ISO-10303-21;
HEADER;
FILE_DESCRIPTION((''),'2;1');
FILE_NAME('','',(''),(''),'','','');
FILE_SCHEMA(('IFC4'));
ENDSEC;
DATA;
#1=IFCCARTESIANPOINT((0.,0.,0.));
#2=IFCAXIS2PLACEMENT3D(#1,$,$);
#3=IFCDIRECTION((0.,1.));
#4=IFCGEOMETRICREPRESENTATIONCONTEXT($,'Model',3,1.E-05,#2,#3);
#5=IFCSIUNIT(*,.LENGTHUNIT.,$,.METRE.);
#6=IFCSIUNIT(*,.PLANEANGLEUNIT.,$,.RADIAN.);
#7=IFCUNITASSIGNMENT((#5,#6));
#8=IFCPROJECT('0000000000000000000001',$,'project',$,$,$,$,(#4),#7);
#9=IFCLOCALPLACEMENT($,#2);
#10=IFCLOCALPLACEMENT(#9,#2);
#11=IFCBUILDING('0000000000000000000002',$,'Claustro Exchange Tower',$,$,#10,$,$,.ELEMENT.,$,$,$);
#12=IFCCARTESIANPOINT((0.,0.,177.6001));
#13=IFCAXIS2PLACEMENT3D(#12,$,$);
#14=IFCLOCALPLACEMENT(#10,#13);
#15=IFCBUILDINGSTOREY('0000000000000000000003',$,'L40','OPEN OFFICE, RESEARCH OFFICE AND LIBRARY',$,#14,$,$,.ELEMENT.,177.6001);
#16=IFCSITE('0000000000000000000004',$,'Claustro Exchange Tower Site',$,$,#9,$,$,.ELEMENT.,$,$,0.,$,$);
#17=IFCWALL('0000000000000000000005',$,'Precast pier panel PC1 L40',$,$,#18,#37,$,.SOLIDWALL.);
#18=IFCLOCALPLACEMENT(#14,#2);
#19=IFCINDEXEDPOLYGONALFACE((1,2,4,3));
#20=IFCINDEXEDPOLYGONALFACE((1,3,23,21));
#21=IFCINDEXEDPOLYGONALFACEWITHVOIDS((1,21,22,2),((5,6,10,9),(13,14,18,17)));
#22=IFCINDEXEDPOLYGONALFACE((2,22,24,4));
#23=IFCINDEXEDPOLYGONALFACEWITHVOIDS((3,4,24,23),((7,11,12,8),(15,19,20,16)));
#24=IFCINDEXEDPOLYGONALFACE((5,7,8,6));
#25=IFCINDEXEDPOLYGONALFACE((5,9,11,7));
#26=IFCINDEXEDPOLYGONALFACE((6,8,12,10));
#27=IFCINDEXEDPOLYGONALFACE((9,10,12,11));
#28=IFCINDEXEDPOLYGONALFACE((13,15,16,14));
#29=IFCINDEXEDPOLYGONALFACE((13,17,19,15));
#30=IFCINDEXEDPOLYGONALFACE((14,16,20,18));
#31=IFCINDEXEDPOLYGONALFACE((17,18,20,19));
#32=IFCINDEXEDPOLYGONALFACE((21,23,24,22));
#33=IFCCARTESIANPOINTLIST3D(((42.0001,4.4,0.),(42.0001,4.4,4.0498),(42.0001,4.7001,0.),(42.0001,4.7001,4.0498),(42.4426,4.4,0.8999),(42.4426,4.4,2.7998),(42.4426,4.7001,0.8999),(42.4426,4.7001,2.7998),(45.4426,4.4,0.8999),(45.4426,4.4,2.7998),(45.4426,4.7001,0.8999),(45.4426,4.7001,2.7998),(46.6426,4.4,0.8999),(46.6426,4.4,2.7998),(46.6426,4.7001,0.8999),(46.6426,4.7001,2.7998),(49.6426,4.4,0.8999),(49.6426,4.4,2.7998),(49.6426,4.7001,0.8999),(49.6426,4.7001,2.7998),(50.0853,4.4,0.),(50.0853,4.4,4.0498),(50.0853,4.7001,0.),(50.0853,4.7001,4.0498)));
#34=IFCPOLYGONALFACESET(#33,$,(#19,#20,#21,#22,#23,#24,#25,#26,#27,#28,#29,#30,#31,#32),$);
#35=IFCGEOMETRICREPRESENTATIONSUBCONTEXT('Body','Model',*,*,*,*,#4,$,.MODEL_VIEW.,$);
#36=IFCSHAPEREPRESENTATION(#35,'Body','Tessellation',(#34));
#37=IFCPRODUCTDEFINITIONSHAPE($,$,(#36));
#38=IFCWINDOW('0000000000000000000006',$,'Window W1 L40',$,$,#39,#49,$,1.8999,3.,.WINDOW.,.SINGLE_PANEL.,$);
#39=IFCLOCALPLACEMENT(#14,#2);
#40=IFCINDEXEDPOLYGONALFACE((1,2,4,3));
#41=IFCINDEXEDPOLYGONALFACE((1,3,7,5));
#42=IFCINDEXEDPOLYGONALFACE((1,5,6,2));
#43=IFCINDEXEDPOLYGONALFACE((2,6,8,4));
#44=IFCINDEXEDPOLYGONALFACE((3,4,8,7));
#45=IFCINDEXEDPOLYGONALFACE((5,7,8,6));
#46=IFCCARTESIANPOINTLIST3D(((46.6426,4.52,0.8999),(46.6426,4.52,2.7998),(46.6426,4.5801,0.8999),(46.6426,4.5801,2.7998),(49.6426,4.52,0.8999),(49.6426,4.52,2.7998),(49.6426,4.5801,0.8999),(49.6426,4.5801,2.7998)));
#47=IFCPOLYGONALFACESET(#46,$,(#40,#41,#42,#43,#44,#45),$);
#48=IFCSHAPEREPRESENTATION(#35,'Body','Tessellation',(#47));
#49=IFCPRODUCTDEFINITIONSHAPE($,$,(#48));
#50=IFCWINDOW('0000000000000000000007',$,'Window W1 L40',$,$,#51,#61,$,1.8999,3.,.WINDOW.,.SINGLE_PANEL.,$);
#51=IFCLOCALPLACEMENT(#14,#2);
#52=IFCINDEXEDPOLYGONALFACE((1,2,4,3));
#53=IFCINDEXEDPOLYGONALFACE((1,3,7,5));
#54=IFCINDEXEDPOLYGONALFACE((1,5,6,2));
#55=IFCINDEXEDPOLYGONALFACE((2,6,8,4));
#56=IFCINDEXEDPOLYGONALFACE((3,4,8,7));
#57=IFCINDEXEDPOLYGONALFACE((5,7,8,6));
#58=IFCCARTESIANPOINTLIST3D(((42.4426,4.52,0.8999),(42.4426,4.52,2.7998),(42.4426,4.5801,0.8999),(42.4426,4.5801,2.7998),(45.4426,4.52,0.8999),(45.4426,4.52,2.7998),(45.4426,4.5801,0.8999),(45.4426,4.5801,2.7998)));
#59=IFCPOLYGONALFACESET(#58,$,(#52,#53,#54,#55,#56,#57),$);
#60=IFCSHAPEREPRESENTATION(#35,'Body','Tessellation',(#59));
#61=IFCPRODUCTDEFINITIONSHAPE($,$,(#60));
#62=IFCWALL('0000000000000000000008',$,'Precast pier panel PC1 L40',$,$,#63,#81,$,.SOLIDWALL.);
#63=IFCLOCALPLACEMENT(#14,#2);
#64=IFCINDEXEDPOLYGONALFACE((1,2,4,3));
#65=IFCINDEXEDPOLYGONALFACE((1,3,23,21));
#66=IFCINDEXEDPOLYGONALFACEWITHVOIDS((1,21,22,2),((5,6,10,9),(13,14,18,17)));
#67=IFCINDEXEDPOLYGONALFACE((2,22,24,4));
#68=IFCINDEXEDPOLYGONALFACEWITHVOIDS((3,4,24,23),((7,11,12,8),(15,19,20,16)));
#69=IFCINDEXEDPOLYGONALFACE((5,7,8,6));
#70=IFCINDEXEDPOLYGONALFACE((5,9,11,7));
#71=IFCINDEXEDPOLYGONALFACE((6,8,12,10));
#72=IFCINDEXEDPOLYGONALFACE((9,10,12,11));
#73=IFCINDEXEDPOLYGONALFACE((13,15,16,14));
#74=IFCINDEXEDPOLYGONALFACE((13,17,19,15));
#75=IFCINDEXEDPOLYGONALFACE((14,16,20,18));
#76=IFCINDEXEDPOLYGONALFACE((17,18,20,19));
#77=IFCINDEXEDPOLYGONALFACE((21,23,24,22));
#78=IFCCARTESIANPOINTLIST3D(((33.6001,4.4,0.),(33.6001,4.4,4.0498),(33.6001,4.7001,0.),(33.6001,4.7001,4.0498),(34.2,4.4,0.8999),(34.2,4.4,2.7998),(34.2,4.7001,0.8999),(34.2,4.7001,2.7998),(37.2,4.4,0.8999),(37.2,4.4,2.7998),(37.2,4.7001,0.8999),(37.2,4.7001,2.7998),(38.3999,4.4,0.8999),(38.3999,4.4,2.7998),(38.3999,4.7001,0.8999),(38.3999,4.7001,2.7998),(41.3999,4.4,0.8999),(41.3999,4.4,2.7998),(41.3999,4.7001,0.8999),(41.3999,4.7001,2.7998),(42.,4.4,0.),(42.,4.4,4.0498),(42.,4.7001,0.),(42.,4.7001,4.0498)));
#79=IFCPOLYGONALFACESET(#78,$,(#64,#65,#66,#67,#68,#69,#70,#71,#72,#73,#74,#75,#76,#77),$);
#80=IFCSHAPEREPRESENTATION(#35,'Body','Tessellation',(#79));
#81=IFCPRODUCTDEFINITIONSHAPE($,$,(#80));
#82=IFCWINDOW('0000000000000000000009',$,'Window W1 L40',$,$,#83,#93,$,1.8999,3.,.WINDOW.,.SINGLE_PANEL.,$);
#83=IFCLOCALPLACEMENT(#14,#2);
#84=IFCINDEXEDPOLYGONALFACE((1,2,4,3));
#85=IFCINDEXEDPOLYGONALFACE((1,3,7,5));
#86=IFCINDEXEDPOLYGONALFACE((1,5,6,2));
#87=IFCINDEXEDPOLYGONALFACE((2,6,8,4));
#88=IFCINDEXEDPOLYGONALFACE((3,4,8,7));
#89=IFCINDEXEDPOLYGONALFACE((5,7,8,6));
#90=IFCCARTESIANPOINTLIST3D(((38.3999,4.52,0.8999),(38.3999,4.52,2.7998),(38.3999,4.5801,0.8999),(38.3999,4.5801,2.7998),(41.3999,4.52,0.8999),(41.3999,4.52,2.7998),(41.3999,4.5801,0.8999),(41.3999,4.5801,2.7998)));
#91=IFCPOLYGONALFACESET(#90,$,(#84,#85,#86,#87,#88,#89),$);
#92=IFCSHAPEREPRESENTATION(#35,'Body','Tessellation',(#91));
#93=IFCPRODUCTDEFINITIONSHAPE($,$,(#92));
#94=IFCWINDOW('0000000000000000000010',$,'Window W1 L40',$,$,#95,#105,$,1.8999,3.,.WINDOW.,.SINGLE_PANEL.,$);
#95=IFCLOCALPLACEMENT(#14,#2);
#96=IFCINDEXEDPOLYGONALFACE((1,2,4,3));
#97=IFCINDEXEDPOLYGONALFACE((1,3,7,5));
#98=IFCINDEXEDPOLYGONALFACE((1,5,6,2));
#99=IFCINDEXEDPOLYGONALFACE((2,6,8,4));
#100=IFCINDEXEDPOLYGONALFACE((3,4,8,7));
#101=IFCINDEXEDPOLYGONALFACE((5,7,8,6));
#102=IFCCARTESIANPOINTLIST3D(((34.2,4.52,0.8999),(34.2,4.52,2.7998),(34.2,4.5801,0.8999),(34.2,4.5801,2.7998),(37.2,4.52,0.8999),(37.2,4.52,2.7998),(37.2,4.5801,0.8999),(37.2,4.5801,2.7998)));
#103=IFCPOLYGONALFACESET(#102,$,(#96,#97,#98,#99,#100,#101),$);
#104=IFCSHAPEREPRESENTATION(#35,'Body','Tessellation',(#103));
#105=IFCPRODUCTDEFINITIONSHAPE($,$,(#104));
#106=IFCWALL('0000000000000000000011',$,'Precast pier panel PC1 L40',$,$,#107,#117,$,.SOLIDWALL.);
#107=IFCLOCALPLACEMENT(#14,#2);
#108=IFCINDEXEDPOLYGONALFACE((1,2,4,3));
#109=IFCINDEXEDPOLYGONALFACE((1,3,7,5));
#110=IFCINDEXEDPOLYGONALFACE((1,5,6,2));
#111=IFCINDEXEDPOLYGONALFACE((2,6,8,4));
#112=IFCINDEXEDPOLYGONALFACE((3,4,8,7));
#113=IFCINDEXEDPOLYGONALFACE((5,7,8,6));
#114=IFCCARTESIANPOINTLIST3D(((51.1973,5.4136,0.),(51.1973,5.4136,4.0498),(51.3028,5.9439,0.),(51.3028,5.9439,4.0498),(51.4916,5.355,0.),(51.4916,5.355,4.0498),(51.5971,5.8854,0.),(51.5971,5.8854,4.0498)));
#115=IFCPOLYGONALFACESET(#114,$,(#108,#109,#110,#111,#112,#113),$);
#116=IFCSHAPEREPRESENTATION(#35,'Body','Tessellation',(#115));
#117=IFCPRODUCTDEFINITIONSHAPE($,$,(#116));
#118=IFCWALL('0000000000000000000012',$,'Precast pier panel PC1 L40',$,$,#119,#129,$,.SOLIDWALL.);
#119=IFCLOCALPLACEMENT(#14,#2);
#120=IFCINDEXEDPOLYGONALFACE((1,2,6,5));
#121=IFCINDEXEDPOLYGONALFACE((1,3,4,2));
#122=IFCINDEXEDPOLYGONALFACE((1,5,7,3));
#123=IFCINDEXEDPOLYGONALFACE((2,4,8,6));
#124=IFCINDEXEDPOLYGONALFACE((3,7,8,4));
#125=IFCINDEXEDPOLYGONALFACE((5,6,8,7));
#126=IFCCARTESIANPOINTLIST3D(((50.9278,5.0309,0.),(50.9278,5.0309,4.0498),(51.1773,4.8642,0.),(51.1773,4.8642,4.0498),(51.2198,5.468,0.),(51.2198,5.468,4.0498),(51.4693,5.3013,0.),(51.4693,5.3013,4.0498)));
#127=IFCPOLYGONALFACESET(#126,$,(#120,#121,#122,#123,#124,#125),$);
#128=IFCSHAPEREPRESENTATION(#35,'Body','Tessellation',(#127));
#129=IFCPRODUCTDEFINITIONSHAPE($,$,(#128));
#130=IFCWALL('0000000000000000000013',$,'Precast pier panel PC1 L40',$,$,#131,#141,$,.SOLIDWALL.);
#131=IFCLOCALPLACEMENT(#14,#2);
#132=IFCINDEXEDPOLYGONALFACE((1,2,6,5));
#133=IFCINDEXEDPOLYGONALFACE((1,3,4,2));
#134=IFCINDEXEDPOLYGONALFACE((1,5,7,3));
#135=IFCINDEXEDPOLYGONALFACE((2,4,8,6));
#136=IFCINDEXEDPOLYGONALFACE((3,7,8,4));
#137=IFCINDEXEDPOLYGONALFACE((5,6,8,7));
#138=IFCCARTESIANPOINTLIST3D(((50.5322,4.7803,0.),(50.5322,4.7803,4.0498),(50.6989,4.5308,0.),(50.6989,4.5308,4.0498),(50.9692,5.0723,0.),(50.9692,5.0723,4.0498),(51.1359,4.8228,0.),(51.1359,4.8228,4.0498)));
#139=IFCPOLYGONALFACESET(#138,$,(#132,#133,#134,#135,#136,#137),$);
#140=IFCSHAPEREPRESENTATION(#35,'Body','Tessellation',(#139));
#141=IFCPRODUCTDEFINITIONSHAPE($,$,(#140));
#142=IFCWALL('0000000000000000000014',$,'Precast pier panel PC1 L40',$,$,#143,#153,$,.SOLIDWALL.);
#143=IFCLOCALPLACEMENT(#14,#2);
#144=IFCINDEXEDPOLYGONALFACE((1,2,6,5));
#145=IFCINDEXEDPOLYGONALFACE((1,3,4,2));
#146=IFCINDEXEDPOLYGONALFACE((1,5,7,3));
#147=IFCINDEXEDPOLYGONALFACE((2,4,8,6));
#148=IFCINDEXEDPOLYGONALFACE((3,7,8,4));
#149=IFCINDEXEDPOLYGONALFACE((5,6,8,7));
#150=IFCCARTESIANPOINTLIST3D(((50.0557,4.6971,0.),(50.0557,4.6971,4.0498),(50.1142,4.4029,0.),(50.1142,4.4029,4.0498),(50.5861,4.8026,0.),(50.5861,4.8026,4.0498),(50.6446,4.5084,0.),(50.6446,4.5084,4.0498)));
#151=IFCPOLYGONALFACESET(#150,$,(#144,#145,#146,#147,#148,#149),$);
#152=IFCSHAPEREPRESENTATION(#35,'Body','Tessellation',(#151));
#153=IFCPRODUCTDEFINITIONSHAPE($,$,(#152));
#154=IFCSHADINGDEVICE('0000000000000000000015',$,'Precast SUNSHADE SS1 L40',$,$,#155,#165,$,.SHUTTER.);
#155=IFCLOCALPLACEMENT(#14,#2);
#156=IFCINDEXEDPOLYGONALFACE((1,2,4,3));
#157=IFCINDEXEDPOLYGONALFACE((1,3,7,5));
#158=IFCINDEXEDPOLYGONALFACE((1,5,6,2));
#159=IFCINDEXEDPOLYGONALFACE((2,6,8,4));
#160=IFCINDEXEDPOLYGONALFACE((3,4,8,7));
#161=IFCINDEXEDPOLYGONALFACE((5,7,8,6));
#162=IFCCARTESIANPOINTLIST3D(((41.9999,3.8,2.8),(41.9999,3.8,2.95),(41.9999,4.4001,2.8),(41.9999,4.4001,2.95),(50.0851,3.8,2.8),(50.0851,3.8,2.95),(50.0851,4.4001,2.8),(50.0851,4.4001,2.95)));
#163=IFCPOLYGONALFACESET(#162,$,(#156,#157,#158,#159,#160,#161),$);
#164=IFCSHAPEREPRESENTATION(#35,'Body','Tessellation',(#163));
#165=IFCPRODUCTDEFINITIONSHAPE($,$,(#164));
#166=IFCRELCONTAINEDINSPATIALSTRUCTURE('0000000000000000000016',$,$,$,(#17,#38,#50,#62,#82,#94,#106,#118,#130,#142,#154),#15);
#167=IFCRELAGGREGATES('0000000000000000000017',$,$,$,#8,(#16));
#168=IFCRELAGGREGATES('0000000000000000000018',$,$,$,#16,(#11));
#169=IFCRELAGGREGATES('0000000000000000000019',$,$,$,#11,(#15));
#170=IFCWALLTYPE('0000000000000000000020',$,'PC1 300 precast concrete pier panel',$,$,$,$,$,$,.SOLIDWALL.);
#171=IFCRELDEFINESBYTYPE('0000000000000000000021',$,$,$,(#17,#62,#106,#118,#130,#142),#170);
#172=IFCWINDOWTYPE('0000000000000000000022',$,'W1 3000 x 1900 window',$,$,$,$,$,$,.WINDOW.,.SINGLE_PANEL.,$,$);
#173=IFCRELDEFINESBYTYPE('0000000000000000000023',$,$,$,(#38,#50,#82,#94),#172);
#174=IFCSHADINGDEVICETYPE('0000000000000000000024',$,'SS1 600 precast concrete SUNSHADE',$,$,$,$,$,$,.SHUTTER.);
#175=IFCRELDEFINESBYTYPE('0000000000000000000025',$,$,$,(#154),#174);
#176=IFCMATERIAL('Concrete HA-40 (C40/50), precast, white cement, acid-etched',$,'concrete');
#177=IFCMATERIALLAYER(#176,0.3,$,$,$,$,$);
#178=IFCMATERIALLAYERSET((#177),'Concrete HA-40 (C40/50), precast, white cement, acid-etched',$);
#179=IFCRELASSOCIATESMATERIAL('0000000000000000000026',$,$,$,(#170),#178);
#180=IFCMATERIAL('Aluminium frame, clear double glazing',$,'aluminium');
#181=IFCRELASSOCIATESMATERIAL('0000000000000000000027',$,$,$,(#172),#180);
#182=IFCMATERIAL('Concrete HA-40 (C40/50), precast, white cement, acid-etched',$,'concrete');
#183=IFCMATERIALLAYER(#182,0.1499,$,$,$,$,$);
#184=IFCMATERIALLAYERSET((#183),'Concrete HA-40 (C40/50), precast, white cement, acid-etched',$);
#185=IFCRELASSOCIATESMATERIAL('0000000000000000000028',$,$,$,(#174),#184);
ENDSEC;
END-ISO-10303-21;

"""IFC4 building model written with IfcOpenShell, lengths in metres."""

from ifc_helpers import new_model, si_unit, direction, frame, frame_2d, origin, origin_2d, place, context, subcontext, project, spatial, rectangle, extrude, material, layer, layer_set, type_object, element, fill, save


model = new_model("IFC4")

# Units and contexts
model_context = context("Model", 3, precision=1e-05, world=origin(), true_north=direction((0.0, 1.0)))
body_context = subcontext(model_context, "Body", "Model", "MODEL_VIEW")
ifc_project = project(units=[si_unit("LENGTHUNIT", "METRE"), si_unit("PLANEANGLEUNIT", "RADIAN")], contexts=[model_context])

# Site, building, storey
site_placement = place(None, origin())
site = spatial("IfcSite", under=ifc_project, at=site_placement, Name="Claustro Exchange Tower Site", CompositionType="ELEMENT", RefElevation=0.0)
building_placement = place(site_placement, origin())
building = spatial("IfcBuilding", under=site, at=building_placement, Name="Claustro Exchange Tower", CompositionType="ELEMENT")
storey_placement = place(building_placement, frame((0.0, 0.0, 177.6001)))
storey = spatial("IfcBuildingStorey", under=building, at=storey_placement, Name="L40", Description="OPEN OFFICE, RESEARCH OFFICE AND LIBRARY", CompositionType="ELEMENT", Elevation=177.6001)

# Walls, openings, windows
ifc_material_1 = material(Name="Concrete HA-40 (C40/50), precast, white cement, acid-etched", Category="concrete")
ifc_layer_1 = layer(ifc_material_1, 0.3)
ifc_layer_set_1 = layer_set([ifc_layer_1], Name="Concrete HA-40 (C40/50), precast, white cement, acid-etched")
wall_type_1 = type_object("IfcWallType", Name="PC1 300 precast concrete pier panel", PredefinedType="SOLIDWALL", material=ifc_layer_set_1)
wall_1_placement = place(storey_placement, frame((50.0852, 4.55, 0.0), z_axis=(0.0, 0.0, 1.0), x_axis=(-1.0, 0.0, 0.0)))
wall_1 = element("IfcWall", 1, at=wall_1_placement, inside=storey, type_object=wall_type_1, Name="Precast pier panel PC1 L40", PredefinedType="SOLIDWALL", context=body_context, shape_type="SweptSolid", body=[
    extrude(rectangle(XDim=8.0852, YDim=0.3, at=frame_2d((4.0425, 0.0))), origin(), (0.0, 0.0, 1.0), 4.0498),
])
opening_1_placement = place(wall_1_placement, frame((0.4426, 0.0, 0.8999)))
opening_1 = element("IfcOpeningElement", 2, at=opening_1_placement, cuts=wall_1, PredefinedType="OPENING", context=body_context, shape_type="SweptSolid", body=[
    extrude(rectangle(XDim=3.0, YDim=1.8999, at=frame_2d((1.5, 0.95))), frame((0.0, 0.1599, 0.0), z_axis=(0.0, -1.0, 0.0), x_axis=(1.0, 0.0, 0.0)), (0.0, 0.0, 1.0), 0.3201),
])
opening_2_placement = place(wall_1_placement, frame((4.6426, 0.0, 0.8999)))
opening_2 = element("IfcOpeningElement", 3, at=opening_2_placement, cuts=wall_1, PredefinedType="OPENING", context=body_context, shape_type="SweptSolid", body=[
    extrude(rectangle(XDim=3.0, YDim=1.8999, at=frame_2d((1.5, 0.95))), frame((0.0, 0.1599, 0.0), z_axis=(0.0, -1.0, 0.0), x_axis=(1.0, 0.0, 0.0)), (0.0, 0.0, 1.0), 0.3201),
])
ifc_material_2 = material(Name="Aluminium frame, clear double glazing", Category="aluminium")
window_type = type_object("IfcWindowType", Name="W1 3000 x 1900 window", PartitioningType="SINGLE_PANEL", PredefinedType="WINDOW", material=ifc_material_2)
window_1_placement = place(opening_1_placement, origin())
window_1 = element("IfcWindow", 4, at=window_1_placement, inside=storey, type_object=window_type, Name="Window W1 L40", OverallHeight=1.8999, OverallWidth=3.0, PartitioningType="SINGLE_PANEL", PredefinedType="WINDOW", context=body_context, shape_type="SweptSolid", body=[
    extrude(rectangle(XDim=3.0, YDim=1.8999, at=frame_2d((1.5, 0.95))), frame((0.0, 0.03, 0.0), z_axis=(0.0, -1.0, 0.0), x_axis=(1.0, 0.0, 0.0)), (0.0, 0.0, 1.0), 0.0601),
])
fill(opening_1, window_1)
window_2_placement = place(opening_2_placement, origin())
window_2 = element("IfcWindow", 5, at=window_2_placement, inside=storey, type_object=window_type, Name="Window W1 L40", OverallHeight=1.8999, OverallWidth=3.0, PartitioningType="SINGLE_PANEL", PredefinedType="WINDOW", context=body_context, shape_type="SweptSolid", body=[
    extrude(rectangle(XDim=3.0, YDim=1.8999, at=frame_2d((1.5, 0.95))), frame((0.0, 0.03, 0.0), z_axis=(0.0, -1.0, 0.0), x_axis=(1.0, 0.0, 0.0)), (0.0, 0.0, 1.0), 0.0601),
])
fill(opening_2, window_2)
wall_2_placement = place(storey_placement, frame((42.0, 4.55, 0.0), z_axis=(0.0, 0.0, 1.0), x_axis=(-1.0, 0.0, 0.0)))
wall_2 = element("IfcWall", 6, at=wall_2_placement, inside=storey, type_object=wall_type_1, Name="Precast pier panel PC1 L40", PredefinedType="SOLIDWALL", context=body_context, shape_type="SweptSolid", body=[
    extrude(rectangle(XDim=8.3999, YDim=0.3, at=frame_2d((4.2, 0.0))), origin(), (0.0, 0.0, 1.0), 4.0498),
])
opening_3_placement = place(wall_2_placement, frame((0.6001, 0.0, 0.8999)))
opening_3 = element("IfcOpeningElement", 7, at=opening_3_placement, cuts=wall_2, PredefinedType="OPENING", context=body_context, shape_type="SweptSolid", body=[
    extrude(rectangle(XDim=3.0, YDim=1.8999, at=frame_2d((1.5, 0.95))), frame((0.0, 0.1599, 0.0), z_axis=(0.0, -1.0, 0.0), x_axis=(1.0, 0.0, 0.0)), (0.0, 0.0, 1.0), 0.3201),
])
opening_4_placement = place(wall_2_placement, frame((4.8, 0.0, 0.8999)))
opening_4 = element("IfcOpeningElement", 8, at=opening_4_placement, cuts=wall_2, PredefinedType="OPENING", context=body_context, shape_type="SweptSolid", body=[
    extrude(rectangle(XDim=3.0, YDim=1.8999, at=frame_2d((1.5, 0.95))), frame((0.0, 0.1599, 0.0), z_axis=(0.0, -1.0, 0.0), x_axis=(1.0, 0.0, 0.0)), (0.0, 0.0, 1.0), 0.3201),
])
window_3_placement = place(opening_3_placement, origin())
window_3 = element("IfcWindow", 9, at=window_3_placement, inside=storey, type_object=window_type, Name="Window W1 L40", OverallHeight=1.8999, OverallWidth=3.0, PartitioningType="SINGLE_PANEL", PredefinedType="WINDOW", context=body_context, shape_type="SweptSolid", body=[
    extrude(rectangle(XDim=3.0, YDim=1.8999, at=frame_2d((1.5, 0.95))), frame((0.0, 0.03, 0.0), z_axis=(0.0, -1.0, 0.0), x_axis=(1.0, 0.0, 0.0)), (0.0, 0.0, 1.0), 0.0601),
])
fill(opening_3, window_3)
window_4_placement = place(opening_4_placement, origin())
window_4 = element("IfcWindow", 10, at=window_4_placement, inside=storey, type_object=window_type, Name="Window W1 L40", OverallHeight=1.8999, OverallWidth=3.0, PartitioningType="SINGLE_PANEL", PredefinedType="WINDOW", context=body_context, shape_type="SweptSolid", body=[
    extrude(rectangle(XDim=3.0, YDim=1.8999, at=frame_2d((1.5, 0.95))), frame((0.0, 0.03, 0.0), z_axis=(0.0, -1.0, 0.0), x_axis=(1.0, 0.0, 0.0)), (0.0, 0.0, 1.0), 0.0601),
])
fill(opening_4, window_4)

# Walls
wall_3_placement = place(storey_placement, frame((51.45, 5.9148, 0.0), z_axis=(0.0, 0.0, 1.0), x_axis=(-0.195074, -0.980789, 0.0)))
element("IfcWall", 11, at=wall_3_placement, inside=storey, type_object=wall_type_1, Name="Precast pier panel PC1 L40", PredefinedType="SOLIDWALL", context=body_context, shape_type="SweptSolid", body=[
    extrude(rectangle(XDim=0.5408, YDim=0.3, at=frame_2d((0.2705, 0.0))), origin(), (0.0, 0.0, 1.0), 4.0498),
])
for number, where, z_axis, x_axis, name in (
    (12, (51.3445, 5.3845, 0.0), (0.0, 0.0, 1.0), (-0.555557, -0.831478, 0.0), "Precast pier panel PC1 L40"),
    (13, (51.0525, 4.9475, 0.0), (0.0, 0.0, 1.0), (-0.831478, -0.555557, 0.0), "Precast pier panel PC1 L40"),
):
    element("IfcWall", number, at=place(storey_placement, frame(where, z_axis=z_axis, x_axis=x_axis)), inside=storey, type_object=wall_type_1, Name=name, PredefinedType="SOLIDWALL", context=body_context, shape_type="SweptSolid", body=[
        extrude(rectangle(XDim=0.5256, YDim=0.3, at=frame_2d((0.2627, 0.0))), origin(), (0.0, 0.0, 1.0), 4.0498),
    ])
wall_4_placement = place(storey_placement, frame((50.6155, 4.6555, 0.0), z_axis=(0.0, 0.0, 1.0), x_axis=(-0.980789, -0.195074, 0.0)))
element("IfcWall", 14, at=wall_4_placement, inside=storey, type_object=wall_type_1, Name="Precast pier panel PC1 L40", PredefinedType="SOLIDWALL", context=body_context, shape_type="SweptSolid", body=[
    extrude(rectangle(XDim=0.5408, YDim=0.3, at=frame_2d((0.2705, 0.0))), origin(), (0.0, 0.0, 1.0), 4.0498),
])

# Shading device
ifc_material_3 = material(Name="Concrete HA-40 (C40/50), precast, white cement, acid-etched", Category="concrete")
ifc_layer_2 = layer(ifc_material_3, 0.1499)
ifc_layer_set_2 = layer_set([ifc_layer_2], Name="Concrete HA-40 (C40/50), precast, white cement, acid-etched")
shading_device_type = type_object("IfcShadingDeviceType", Name="SS1 600 precast concrete SUNSHADE", PredefinedType="SHUTTER", material=ifc_layer_set_2)
shading_device_placement = place(storey_placement, frame((46.0425, 4.1001, 2.8), z_axis=(0.0, 0.0, 1.0), x_axis=(-1.0, 0.0, 0.0)))
element("IfcShadingDevice", 15, at=shading_device_placement, inside=storey, type_object=shading_device_type, Name="Precast SUNSHADE SS1 L40", PredefinedType="SHUTTER", context=body_context, shape_type="SweptSolid", body=[
    extrude(rectangle(XDim=8.0852, YDim=0.6001, at=origin_2d()), origin(), (0.0, 0.0, 1.0), 0.1499),
])

save(model, "model.ifc")
